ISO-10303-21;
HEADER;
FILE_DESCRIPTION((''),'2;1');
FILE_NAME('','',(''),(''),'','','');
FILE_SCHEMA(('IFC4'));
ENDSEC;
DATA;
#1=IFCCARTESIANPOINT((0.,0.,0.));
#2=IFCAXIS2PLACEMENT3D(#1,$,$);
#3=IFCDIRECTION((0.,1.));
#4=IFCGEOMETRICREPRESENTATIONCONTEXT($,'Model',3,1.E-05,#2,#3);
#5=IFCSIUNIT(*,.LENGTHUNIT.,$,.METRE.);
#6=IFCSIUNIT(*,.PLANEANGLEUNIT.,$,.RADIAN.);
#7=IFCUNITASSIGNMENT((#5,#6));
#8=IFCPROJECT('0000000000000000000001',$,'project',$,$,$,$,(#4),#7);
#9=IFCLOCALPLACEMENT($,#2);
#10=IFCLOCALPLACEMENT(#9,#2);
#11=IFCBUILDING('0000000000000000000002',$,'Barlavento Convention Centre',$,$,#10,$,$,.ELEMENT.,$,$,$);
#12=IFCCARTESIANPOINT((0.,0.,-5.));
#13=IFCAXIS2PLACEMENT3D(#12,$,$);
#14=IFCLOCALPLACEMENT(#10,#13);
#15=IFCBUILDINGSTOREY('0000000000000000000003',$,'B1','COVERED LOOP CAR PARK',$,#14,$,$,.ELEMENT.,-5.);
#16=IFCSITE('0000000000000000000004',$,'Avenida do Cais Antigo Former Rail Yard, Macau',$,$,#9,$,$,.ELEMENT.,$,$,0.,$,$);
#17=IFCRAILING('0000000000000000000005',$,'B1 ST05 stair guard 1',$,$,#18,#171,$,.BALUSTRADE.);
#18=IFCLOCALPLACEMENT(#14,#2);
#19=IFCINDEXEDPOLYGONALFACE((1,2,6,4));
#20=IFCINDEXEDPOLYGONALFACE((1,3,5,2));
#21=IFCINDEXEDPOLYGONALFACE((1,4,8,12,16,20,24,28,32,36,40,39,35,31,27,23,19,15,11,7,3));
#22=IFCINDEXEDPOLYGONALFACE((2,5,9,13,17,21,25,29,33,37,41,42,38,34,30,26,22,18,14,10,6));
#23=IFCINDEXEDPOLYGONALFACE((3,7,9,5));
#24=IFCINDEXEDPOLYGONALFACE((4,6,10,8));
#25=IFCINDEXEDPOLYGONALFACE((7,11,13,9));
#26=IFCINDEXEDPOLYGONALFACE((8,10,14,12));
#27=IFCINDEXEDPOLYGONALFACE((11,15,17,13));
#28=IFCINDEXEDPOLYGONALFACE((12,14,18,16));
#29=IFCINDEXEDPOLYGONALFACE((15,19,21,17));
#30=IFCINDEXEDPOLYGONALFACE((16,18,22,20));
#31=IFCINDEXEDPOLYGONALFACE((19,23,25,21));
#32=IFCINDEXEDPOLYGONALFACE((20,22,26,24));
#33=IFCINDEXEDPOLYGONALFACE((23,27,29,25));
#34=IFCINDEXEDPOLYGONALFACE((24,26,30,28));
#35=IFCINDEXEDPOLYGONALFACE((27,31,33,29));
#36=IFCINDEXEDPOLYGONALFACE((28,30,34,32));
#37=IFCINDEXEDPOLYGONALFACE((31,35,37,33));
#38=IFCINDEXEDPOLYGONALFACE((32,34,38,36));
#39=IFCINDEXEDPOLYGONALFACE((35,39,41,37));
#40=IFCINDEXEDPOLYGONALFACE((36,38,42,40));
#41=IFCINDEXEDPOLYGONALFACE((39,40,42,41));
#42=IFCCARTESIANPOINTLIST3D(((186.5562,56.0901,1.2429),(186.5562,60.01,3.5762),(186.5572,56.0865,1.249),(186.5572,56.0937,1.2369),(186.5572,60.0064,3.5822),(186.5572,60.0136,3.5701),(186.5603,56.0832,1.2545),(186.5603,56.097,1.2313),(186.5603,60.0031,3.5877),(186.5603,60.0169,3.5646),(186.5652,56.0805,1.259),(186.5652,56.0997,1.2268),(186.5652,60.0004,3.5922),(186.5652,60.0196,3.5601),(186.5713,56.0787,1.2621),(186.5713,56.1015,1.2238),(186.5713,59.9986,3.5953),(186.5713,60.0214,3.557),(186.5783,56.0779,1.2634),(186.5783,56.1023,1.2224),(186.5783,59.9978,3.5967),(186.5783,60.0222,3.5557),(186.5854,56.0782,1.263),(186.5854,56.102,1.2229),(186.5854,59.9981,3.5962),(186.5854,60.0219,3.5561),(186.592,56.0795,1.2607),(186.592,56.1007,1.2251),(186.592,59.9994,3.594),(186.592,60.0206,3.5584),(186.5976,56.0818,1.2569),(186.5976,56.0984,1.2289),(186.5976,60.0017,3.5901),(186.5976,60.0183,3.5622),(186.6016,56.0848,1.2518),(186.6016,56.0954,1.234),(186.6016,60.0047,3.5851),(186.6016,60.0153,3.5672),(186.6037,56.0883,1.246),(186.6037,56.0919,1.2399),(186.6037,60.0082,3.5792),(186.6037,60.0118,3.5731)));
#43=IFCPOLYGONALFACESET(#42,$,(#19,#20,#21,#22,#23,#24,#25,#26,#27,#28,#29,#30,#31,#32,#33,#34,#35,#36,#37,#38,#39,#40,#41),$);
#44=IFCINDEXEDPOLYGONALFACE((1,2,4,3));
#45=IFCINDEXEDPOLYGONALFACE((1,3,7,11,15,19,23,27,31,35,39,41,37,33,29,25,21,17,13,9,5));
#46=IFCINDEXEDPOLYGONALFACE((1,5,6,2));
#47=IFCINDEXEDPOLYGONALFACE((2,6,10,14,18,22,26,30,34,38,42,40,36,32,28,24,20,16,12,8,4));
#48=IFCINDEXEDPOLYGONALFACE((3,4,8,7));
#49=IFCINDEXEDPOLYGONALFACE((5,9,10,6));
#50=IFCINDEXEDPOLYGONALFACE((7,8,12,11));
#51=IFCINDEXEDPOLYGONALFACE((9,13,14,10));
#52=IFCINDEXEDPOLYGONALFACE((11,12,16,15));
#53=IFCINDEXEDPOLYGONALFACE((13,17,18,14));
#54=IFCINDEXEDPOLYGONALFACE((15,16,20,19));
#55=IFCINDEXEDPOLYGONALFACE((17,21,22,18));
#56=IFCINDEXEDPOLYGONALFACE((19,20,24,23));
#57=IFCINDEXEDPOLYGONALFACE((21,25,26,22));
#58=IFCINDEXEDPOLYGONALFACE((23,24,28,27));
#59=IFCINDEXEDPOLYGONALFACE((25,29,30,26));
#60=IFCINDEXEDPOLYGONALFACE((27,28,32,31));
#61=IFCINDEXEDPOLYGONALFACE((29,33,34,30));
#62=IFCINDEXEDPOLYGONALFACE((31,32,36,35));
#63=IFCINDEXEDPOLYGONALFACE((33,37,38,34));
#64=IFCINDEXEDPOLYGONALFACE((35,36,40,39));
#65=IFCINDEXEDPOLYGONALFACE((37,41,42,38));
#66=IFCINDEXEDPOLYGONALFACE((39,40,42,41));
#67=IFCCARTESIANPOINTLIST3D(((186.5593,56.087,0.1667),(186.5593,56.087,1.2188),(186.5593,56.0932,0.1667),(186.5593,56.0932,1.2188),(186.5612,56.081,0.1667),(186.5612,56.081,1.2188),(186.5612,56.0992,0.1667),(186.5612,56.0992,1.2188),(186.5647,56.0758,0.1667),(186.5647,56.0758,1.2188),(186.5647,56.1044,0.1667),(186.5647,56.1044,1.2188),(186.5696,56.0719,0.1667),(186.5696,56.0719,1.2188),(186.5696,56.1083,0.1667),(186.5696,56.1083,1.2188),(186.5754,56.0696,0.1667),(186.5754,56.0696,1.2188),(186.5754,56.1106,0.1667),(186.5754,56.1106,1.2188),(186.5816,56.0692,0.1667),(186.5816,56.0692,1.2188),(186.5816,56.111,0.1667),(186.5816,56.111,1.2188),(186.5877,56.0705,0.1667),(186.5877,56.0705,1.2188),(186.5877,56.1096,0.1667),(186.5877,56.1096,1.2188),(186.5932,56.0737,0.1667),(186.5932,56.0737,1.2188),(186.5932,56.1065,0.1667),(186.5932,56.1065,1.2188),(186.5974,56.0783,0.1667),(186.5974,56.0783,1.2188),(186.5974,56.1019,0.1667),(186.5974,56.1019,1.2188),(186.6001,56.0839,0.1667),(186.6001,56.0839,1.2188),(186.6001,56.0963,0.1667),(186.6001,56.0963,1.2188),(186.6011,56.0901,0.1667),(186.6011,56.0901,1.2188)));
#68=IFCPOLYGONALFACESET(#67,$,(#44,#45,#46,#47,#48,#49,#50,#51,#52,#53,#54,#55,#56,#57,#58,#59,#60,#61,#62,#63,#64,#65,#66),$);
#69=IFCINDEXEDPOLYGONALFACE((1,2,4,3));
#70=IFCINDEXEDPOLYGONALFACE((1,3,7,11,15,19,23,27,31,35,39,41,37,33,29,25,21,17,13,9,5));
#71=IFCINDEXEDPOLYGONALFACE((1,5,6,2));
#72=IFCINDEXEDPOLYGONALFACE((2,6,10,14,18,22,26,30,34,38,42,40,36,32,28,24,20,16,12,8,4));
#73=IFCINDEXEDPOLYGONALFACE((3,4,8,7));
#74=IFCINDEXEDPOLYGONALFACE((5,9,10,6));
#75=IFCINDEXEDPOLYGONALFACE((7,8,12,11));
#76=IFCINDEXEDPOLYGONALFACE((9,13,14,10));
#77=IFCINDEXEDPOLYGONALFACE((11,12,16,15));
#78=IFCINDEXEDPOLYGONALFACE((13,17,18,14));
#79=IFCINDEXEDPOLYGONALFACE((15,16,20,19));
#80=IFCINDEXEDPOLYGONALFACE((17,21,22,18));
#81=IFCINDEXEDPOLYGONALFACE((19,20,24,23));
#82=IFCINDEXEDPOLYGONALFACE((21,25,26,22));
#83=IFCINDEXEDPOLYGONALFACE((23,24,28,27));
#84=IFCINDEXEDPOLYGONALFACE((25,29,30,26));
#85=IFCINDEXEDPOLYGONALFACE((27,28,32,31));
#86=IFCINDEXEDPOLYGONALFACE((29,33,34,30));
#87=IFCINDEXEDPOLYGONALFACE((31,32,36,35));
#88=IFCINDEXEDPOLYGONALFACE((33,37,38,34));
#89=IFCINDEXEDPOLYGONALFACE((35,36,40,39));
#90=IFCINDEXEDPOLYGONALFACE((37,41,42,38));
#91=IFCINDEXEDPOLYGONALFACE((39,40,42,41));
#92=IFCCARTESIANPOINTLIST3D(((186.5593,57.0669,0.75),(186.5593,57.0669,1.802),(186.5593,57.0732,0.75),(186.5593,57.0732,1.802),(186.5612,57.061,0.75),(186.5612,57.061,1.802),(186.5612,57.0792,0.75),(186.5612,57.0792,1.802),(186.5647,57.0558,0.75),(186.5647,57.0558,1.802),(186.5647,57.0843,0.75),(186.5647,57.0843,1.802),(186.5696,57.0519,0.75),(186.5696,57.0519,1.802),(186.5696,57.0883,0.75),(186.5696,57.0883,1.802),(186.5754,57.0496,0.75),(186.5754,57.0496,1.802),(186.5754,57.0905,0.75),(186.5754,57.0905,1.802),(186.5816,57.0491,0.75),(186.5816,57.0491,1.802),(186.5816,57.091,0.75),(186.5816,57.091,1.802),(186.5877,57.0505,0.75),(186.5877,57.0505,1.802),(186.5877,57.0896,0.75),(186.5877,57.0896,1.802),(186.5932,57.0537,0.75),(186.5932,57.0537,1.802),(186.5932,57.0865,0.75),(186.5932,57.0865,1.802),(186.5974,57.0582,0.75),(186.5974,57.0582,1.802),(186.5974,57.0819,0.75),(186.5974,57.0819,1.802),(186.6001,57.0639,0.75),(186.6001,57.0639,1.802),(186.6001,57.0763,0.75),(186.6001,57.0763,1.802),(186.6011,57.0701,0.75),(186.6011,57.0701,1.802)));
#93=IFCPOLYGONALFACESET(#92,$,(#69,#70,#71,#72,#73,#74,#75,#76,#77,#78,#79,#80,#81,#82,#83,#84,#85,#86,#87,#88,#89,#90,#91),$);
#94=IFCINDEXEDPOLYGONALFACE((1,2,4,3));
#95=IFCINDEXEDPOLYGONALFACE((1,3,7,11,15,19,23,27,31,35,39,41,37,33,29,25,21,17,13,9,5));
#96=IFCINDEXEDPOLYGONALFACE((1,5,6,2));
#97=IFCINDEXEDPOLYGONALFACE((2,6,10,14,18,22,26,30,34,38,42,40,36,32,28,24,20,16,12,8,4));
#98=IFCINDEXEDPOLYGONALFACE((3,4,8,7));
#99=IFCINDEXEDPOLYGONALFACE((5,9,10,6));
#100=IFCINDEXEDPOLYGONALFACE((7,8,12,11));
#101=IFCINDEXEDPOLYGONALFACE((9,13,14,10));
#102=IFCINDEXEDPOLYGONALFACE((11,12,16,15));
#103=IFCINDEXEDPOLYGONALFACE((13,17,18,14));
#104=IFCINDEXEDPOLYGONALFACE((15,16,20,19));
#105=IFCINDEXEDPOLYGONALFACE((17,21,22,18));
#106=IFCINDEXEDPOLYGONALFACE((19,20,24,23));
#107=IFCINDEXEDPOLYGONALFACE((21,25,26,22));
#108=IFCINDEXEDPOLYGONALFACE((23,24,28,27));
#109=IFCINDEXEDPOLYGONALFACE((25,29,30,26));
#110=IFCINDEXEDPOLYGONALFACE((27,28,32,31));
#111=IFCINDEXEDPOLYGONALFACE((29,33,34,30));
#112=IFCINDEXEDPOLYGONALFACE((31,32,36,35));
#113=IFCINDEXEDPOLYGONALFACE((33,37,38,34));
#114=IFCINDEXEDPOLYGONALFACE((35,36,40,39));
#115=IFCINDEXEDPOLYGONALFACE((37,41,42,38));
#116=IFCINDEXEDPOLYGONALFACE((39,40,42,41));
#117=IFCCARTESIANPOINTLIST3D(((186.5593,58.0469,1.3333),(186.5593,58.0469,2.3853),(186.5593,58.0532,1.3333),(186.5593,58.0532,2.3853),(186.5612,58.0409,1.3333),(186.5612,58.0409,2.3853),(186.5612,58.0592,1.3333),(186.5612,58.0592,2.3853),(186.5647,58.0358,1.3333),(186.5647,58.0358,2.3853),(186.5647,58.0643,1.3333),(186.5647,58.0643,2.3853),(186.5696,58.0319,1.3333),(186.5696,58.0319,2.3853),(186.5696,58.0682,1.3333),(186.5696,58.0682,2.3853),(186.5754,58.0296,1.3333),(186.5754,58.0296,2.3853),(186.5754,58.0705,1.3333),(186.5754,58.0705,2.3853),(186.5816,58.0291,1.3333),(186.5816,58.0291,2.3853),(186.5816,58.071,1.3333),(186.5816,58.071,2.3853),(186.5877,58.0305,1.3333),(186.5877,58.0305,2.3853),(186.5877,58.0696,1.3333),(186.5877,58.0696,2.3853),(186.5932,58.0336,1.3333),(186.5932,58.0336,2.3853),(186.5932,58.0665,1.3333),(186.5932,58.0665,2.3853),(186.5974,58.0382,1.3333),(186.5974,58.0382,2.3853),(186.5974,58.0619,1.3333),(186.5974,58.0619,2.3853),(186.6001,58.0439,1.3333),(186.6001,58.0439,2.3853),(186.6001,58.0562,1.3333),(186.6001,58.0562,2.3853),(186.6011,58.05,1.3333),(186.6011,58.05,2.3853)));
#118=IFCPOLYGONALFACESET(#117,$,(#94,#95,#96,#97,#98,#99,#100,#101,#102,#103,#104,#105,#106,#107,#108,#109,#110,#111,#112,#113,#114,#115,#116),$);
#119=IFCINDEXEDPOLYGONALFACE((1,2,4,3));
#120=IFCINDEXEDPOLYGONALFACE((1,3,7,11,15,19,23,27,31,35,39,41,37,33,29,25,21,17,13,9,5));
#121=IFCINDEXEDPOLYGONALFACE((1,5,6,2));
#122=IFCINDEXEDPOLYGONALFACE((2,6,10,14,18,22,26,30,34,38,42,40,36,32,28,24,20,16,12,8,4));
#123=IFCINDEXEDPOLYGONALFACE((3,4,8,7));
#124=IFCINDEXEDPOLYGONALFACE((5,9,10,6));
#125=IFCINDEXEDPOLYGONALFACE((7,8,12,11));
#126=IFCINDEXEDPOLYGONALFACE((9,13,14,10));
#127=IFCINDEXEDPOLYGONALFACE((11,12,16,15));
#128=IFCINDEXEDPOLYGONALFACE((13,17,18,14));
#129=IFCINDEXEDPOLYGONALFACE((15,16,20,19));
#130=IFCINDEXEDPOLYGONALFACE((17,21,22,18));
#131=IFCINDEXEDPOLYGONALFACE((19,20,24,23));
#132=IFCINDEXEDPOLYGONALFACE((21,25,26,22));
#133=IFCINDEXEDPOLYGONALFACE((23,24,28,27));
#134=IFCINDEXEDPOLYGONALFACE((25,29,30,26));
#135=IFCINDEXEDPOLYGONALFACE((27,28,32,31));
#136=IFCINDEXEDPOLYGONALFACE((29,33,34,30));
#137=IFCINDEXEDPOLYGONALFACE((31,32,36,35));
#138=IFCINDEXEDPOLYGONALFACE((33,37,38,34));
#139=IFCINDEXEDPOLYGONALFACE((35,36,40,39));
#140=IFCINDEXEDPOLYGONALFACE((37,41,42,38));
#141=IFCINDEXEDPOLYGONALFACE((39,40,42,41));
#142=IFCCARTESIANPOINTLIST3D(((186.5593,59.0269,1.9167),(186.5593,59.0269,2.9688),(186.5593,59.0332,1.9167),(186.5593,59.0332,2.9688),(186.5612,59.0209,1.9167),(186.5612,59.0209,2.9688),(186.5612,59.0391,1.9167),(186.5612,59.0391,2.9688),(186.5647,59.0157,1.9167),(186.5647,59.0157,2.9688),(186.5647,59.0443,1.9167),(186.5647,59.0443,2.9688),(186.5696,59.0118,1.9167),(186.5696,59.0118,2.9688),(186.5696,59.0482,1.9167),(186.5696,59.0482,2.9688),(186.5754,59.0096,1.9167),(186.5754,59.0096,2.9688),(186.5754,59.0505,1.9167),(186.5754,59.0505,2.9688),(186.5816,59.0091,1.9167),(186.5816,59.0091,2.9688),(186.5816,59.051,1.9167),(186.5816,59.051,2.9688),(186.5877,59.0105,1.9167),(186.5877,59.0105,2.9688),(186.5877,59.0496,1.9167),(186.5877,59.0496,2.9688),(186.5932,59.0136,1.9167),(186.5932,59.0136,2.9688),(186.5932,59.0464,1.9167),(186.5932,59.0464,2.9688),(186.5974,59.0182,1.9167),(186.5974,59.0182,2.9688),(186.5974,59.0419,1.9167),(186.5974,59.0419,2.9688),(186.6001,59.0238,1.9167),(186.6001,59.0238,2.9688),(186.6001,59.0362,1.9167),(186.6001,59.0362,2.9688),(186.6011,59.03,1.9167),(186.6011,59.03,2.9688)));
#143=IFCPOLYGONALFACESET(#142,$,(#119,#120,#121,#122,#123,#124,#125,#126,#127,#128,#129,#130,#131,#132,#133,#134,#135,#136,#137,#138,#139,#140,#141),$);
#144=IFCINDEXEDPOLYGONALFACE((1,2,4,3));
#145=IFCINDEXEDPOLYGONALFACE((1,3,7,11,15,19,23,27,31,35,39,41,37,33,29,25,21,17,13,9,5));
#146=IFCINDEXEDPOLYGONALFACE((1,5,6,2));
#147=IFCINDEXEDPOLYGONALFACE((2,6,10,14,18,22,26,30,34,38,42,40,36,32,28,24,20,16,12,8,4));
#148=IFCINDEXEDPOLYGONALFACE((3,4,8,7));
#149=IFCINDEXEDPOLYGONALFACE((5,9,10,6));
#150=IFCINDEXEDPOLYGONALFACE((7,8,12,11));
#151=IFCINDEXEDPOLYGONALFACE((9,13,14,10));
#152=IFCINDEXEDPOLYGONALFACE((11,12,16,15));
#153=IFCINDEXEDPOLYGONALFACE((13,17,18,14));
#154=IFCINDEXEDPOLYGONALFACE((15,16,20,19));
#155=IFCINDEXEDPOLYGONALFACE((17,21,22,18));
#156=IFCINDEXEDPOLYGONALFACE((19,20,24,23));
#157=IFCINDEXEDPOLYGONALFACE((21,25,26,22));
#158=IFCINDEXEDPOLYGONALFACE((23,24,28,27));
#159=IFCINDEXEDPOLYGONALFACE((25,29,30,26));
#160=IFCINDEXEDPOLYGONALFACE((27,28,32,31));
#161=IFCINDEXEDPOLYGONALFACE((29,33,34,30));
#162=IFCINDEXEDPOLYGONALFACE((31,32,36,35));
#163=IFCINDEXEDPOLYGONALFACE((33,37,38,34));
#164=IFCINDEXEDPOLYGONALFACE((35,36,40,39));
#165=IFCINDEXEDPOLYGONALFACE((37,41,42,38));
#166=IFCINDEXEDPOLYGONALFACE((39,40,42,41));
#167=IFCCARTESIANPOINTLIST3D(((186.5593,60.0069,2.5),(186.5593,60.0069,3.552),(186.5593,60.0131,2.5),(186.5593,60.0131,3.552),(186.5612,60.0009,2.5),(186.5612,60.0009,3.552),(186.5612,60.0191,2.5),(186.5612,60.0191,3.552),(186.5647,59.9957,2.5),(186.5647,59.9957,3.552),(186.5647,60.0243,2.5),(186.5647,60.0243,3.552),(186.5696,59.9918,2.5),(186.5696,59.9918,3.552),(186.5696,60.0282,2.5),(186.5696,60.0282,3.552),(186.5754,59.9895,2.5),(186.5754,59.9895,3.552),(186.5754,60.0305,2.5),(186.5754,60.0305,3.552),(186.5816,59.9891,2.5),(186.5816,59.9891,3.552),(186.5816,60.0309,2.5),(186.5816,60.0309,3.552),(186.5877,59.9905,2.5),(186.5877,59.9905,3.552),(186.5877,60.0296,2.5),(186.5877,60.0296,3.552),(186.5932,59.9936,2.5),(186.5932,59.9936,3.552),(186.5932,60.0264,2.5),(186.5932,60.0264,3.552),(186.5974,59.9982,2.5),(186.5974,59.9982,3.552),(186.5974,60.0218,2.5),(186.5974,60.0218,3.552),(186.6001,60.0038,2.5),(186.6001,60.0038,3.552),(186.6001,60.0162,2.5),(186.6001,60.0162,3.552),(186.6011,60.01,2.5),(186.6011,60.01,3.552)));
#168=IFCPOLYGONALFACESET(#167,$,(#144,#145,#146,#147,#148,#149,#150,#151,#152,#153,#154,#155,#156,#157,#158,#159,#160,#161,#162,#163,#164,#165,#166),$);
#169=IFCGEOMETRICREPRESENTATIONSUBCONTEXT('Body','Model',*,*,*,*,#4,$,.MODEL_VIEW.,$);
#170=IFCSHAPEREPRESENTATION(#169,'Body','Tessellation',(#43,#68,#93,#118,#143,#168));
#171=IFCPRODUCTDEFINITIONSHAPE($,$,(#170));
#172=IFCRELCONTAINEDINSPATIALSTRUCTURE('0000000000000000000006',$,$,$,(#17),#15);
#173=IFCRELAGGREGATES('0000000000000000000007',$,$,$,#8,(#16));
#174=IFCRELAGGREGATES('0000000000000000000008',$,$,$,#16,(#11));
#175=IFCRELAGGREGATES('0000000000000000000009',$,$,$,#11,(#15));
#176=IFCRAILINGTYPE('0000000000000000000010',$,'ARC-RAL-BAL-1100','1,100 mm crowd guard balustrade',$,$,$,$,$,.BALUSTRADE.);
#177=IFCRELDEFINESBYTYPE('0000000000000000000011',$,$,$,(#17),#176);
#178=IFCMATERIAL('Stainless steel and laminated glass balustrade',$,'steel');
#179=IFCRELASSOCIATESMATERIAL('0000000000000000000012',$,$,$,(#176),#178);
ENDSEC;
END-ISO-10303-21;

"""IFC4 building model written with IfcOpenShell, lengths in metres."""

from ifc_helpers import new_model, si_unit, direction, frame, origin, origin_2d, place, context, subcontext, project, spatial, circle, extrude, material, type_object, element, save


model = new_model("IFC4")

# Units and contexts
model_context = context("Model", 3, precision=1e-05, world=origin(), true_north=direction((0.0, 1.0)))
body_context = subcontext(model_context, "Body", "Model", "MODEL_VIEW")
ifc_project = project(units=[si_unit("LENGTHUNIT", "METRE"), si_unit("PLANEANGLEUNIT", "RADIAN")], contexts=[model_context])

# Site, building, storey
site_placement = place(None, origin())
site = spatial("IfcSite", under=ifc_project, at=site_placement, Name="Avenida do Cais Antigo Former Rail Yard, Macau", CompositionType="ELEMENT", RefElevation=0.0)
building_placement = place(site_placement, origin())
building = spatial("IfcBuilding", under=site, at=building_placement, Name="Barlavento Convention Centre", CompositionType="ELEMENT")
storey_placement = place(building_placement, frame((0.0, 0.0, -5.0)))
storey = spatial("IfcBuildingStorey", under=building, at=storey_placement, Name="B1", Description="COVERED LOOP CAR PARK", CompositionType="ELEMENT", Elevation=-5.0)

# Railing
ifc_material_1 = material(Name="Stainless steel and laminated glass balustrade", Category="steel")
railing_type_1 = type_object("IfcRailingType", Name="ARC-RAL-BAL-1100", Description="1,100 mm crowd guard balustrade", PredefinedType="BALUSTRADE", material=ifc_material_1)
railing_1_placement = place(storey_placement, frame((186.5801, 56.0901, 0.1667)))
element("IfcRailing", 1, at=railing_1_placement, inside=storey, type_object=railing_type_1, Name="B1 ST05 stair guard 1", PredefinedType="BALUSTRADE", context=body_context, shape_type="SweptSolid", body=[
    extrude(circle(Radius=0.0239, at=origin_2d()), frame((0.0, 0.0, 1.0762), z_axis=(0.0, 0.859296, 0.511478), x_axis=(-1.0, 0.0, 0.0)), (0.0, 0.0, 1.0), 4.5618),
    extrude(circle(Radius=0.021, at=origin_2d()), origin(), (0.0, 0.0, 1.0), 1.052),
    extrude(circle(Radius=0.021, at=origin_2d()), frame((0.0, 0.98, 0.5833)), (0.0, 0.0, 1.0), 1.052),
    extrude(circle(Radius=0.021, at=origin_2d()), frame((0.0, 1.96, 1.1665)), (0.0, 0.0, 1.0), 1.052),
    extrude(circle(Radius=0.021, at=origin_2d()), frame((0.0, 2.9399, 1.75)), (0.0, 0.0, 1.0), 1.052),
    extrude(circle(Radius=0.021, at=origin_2d()), frame((0.0, 3.9199, 2.3333)), (0.0, 0.0, 1.0), 1.052),
])

save(model, "model.ifc")
